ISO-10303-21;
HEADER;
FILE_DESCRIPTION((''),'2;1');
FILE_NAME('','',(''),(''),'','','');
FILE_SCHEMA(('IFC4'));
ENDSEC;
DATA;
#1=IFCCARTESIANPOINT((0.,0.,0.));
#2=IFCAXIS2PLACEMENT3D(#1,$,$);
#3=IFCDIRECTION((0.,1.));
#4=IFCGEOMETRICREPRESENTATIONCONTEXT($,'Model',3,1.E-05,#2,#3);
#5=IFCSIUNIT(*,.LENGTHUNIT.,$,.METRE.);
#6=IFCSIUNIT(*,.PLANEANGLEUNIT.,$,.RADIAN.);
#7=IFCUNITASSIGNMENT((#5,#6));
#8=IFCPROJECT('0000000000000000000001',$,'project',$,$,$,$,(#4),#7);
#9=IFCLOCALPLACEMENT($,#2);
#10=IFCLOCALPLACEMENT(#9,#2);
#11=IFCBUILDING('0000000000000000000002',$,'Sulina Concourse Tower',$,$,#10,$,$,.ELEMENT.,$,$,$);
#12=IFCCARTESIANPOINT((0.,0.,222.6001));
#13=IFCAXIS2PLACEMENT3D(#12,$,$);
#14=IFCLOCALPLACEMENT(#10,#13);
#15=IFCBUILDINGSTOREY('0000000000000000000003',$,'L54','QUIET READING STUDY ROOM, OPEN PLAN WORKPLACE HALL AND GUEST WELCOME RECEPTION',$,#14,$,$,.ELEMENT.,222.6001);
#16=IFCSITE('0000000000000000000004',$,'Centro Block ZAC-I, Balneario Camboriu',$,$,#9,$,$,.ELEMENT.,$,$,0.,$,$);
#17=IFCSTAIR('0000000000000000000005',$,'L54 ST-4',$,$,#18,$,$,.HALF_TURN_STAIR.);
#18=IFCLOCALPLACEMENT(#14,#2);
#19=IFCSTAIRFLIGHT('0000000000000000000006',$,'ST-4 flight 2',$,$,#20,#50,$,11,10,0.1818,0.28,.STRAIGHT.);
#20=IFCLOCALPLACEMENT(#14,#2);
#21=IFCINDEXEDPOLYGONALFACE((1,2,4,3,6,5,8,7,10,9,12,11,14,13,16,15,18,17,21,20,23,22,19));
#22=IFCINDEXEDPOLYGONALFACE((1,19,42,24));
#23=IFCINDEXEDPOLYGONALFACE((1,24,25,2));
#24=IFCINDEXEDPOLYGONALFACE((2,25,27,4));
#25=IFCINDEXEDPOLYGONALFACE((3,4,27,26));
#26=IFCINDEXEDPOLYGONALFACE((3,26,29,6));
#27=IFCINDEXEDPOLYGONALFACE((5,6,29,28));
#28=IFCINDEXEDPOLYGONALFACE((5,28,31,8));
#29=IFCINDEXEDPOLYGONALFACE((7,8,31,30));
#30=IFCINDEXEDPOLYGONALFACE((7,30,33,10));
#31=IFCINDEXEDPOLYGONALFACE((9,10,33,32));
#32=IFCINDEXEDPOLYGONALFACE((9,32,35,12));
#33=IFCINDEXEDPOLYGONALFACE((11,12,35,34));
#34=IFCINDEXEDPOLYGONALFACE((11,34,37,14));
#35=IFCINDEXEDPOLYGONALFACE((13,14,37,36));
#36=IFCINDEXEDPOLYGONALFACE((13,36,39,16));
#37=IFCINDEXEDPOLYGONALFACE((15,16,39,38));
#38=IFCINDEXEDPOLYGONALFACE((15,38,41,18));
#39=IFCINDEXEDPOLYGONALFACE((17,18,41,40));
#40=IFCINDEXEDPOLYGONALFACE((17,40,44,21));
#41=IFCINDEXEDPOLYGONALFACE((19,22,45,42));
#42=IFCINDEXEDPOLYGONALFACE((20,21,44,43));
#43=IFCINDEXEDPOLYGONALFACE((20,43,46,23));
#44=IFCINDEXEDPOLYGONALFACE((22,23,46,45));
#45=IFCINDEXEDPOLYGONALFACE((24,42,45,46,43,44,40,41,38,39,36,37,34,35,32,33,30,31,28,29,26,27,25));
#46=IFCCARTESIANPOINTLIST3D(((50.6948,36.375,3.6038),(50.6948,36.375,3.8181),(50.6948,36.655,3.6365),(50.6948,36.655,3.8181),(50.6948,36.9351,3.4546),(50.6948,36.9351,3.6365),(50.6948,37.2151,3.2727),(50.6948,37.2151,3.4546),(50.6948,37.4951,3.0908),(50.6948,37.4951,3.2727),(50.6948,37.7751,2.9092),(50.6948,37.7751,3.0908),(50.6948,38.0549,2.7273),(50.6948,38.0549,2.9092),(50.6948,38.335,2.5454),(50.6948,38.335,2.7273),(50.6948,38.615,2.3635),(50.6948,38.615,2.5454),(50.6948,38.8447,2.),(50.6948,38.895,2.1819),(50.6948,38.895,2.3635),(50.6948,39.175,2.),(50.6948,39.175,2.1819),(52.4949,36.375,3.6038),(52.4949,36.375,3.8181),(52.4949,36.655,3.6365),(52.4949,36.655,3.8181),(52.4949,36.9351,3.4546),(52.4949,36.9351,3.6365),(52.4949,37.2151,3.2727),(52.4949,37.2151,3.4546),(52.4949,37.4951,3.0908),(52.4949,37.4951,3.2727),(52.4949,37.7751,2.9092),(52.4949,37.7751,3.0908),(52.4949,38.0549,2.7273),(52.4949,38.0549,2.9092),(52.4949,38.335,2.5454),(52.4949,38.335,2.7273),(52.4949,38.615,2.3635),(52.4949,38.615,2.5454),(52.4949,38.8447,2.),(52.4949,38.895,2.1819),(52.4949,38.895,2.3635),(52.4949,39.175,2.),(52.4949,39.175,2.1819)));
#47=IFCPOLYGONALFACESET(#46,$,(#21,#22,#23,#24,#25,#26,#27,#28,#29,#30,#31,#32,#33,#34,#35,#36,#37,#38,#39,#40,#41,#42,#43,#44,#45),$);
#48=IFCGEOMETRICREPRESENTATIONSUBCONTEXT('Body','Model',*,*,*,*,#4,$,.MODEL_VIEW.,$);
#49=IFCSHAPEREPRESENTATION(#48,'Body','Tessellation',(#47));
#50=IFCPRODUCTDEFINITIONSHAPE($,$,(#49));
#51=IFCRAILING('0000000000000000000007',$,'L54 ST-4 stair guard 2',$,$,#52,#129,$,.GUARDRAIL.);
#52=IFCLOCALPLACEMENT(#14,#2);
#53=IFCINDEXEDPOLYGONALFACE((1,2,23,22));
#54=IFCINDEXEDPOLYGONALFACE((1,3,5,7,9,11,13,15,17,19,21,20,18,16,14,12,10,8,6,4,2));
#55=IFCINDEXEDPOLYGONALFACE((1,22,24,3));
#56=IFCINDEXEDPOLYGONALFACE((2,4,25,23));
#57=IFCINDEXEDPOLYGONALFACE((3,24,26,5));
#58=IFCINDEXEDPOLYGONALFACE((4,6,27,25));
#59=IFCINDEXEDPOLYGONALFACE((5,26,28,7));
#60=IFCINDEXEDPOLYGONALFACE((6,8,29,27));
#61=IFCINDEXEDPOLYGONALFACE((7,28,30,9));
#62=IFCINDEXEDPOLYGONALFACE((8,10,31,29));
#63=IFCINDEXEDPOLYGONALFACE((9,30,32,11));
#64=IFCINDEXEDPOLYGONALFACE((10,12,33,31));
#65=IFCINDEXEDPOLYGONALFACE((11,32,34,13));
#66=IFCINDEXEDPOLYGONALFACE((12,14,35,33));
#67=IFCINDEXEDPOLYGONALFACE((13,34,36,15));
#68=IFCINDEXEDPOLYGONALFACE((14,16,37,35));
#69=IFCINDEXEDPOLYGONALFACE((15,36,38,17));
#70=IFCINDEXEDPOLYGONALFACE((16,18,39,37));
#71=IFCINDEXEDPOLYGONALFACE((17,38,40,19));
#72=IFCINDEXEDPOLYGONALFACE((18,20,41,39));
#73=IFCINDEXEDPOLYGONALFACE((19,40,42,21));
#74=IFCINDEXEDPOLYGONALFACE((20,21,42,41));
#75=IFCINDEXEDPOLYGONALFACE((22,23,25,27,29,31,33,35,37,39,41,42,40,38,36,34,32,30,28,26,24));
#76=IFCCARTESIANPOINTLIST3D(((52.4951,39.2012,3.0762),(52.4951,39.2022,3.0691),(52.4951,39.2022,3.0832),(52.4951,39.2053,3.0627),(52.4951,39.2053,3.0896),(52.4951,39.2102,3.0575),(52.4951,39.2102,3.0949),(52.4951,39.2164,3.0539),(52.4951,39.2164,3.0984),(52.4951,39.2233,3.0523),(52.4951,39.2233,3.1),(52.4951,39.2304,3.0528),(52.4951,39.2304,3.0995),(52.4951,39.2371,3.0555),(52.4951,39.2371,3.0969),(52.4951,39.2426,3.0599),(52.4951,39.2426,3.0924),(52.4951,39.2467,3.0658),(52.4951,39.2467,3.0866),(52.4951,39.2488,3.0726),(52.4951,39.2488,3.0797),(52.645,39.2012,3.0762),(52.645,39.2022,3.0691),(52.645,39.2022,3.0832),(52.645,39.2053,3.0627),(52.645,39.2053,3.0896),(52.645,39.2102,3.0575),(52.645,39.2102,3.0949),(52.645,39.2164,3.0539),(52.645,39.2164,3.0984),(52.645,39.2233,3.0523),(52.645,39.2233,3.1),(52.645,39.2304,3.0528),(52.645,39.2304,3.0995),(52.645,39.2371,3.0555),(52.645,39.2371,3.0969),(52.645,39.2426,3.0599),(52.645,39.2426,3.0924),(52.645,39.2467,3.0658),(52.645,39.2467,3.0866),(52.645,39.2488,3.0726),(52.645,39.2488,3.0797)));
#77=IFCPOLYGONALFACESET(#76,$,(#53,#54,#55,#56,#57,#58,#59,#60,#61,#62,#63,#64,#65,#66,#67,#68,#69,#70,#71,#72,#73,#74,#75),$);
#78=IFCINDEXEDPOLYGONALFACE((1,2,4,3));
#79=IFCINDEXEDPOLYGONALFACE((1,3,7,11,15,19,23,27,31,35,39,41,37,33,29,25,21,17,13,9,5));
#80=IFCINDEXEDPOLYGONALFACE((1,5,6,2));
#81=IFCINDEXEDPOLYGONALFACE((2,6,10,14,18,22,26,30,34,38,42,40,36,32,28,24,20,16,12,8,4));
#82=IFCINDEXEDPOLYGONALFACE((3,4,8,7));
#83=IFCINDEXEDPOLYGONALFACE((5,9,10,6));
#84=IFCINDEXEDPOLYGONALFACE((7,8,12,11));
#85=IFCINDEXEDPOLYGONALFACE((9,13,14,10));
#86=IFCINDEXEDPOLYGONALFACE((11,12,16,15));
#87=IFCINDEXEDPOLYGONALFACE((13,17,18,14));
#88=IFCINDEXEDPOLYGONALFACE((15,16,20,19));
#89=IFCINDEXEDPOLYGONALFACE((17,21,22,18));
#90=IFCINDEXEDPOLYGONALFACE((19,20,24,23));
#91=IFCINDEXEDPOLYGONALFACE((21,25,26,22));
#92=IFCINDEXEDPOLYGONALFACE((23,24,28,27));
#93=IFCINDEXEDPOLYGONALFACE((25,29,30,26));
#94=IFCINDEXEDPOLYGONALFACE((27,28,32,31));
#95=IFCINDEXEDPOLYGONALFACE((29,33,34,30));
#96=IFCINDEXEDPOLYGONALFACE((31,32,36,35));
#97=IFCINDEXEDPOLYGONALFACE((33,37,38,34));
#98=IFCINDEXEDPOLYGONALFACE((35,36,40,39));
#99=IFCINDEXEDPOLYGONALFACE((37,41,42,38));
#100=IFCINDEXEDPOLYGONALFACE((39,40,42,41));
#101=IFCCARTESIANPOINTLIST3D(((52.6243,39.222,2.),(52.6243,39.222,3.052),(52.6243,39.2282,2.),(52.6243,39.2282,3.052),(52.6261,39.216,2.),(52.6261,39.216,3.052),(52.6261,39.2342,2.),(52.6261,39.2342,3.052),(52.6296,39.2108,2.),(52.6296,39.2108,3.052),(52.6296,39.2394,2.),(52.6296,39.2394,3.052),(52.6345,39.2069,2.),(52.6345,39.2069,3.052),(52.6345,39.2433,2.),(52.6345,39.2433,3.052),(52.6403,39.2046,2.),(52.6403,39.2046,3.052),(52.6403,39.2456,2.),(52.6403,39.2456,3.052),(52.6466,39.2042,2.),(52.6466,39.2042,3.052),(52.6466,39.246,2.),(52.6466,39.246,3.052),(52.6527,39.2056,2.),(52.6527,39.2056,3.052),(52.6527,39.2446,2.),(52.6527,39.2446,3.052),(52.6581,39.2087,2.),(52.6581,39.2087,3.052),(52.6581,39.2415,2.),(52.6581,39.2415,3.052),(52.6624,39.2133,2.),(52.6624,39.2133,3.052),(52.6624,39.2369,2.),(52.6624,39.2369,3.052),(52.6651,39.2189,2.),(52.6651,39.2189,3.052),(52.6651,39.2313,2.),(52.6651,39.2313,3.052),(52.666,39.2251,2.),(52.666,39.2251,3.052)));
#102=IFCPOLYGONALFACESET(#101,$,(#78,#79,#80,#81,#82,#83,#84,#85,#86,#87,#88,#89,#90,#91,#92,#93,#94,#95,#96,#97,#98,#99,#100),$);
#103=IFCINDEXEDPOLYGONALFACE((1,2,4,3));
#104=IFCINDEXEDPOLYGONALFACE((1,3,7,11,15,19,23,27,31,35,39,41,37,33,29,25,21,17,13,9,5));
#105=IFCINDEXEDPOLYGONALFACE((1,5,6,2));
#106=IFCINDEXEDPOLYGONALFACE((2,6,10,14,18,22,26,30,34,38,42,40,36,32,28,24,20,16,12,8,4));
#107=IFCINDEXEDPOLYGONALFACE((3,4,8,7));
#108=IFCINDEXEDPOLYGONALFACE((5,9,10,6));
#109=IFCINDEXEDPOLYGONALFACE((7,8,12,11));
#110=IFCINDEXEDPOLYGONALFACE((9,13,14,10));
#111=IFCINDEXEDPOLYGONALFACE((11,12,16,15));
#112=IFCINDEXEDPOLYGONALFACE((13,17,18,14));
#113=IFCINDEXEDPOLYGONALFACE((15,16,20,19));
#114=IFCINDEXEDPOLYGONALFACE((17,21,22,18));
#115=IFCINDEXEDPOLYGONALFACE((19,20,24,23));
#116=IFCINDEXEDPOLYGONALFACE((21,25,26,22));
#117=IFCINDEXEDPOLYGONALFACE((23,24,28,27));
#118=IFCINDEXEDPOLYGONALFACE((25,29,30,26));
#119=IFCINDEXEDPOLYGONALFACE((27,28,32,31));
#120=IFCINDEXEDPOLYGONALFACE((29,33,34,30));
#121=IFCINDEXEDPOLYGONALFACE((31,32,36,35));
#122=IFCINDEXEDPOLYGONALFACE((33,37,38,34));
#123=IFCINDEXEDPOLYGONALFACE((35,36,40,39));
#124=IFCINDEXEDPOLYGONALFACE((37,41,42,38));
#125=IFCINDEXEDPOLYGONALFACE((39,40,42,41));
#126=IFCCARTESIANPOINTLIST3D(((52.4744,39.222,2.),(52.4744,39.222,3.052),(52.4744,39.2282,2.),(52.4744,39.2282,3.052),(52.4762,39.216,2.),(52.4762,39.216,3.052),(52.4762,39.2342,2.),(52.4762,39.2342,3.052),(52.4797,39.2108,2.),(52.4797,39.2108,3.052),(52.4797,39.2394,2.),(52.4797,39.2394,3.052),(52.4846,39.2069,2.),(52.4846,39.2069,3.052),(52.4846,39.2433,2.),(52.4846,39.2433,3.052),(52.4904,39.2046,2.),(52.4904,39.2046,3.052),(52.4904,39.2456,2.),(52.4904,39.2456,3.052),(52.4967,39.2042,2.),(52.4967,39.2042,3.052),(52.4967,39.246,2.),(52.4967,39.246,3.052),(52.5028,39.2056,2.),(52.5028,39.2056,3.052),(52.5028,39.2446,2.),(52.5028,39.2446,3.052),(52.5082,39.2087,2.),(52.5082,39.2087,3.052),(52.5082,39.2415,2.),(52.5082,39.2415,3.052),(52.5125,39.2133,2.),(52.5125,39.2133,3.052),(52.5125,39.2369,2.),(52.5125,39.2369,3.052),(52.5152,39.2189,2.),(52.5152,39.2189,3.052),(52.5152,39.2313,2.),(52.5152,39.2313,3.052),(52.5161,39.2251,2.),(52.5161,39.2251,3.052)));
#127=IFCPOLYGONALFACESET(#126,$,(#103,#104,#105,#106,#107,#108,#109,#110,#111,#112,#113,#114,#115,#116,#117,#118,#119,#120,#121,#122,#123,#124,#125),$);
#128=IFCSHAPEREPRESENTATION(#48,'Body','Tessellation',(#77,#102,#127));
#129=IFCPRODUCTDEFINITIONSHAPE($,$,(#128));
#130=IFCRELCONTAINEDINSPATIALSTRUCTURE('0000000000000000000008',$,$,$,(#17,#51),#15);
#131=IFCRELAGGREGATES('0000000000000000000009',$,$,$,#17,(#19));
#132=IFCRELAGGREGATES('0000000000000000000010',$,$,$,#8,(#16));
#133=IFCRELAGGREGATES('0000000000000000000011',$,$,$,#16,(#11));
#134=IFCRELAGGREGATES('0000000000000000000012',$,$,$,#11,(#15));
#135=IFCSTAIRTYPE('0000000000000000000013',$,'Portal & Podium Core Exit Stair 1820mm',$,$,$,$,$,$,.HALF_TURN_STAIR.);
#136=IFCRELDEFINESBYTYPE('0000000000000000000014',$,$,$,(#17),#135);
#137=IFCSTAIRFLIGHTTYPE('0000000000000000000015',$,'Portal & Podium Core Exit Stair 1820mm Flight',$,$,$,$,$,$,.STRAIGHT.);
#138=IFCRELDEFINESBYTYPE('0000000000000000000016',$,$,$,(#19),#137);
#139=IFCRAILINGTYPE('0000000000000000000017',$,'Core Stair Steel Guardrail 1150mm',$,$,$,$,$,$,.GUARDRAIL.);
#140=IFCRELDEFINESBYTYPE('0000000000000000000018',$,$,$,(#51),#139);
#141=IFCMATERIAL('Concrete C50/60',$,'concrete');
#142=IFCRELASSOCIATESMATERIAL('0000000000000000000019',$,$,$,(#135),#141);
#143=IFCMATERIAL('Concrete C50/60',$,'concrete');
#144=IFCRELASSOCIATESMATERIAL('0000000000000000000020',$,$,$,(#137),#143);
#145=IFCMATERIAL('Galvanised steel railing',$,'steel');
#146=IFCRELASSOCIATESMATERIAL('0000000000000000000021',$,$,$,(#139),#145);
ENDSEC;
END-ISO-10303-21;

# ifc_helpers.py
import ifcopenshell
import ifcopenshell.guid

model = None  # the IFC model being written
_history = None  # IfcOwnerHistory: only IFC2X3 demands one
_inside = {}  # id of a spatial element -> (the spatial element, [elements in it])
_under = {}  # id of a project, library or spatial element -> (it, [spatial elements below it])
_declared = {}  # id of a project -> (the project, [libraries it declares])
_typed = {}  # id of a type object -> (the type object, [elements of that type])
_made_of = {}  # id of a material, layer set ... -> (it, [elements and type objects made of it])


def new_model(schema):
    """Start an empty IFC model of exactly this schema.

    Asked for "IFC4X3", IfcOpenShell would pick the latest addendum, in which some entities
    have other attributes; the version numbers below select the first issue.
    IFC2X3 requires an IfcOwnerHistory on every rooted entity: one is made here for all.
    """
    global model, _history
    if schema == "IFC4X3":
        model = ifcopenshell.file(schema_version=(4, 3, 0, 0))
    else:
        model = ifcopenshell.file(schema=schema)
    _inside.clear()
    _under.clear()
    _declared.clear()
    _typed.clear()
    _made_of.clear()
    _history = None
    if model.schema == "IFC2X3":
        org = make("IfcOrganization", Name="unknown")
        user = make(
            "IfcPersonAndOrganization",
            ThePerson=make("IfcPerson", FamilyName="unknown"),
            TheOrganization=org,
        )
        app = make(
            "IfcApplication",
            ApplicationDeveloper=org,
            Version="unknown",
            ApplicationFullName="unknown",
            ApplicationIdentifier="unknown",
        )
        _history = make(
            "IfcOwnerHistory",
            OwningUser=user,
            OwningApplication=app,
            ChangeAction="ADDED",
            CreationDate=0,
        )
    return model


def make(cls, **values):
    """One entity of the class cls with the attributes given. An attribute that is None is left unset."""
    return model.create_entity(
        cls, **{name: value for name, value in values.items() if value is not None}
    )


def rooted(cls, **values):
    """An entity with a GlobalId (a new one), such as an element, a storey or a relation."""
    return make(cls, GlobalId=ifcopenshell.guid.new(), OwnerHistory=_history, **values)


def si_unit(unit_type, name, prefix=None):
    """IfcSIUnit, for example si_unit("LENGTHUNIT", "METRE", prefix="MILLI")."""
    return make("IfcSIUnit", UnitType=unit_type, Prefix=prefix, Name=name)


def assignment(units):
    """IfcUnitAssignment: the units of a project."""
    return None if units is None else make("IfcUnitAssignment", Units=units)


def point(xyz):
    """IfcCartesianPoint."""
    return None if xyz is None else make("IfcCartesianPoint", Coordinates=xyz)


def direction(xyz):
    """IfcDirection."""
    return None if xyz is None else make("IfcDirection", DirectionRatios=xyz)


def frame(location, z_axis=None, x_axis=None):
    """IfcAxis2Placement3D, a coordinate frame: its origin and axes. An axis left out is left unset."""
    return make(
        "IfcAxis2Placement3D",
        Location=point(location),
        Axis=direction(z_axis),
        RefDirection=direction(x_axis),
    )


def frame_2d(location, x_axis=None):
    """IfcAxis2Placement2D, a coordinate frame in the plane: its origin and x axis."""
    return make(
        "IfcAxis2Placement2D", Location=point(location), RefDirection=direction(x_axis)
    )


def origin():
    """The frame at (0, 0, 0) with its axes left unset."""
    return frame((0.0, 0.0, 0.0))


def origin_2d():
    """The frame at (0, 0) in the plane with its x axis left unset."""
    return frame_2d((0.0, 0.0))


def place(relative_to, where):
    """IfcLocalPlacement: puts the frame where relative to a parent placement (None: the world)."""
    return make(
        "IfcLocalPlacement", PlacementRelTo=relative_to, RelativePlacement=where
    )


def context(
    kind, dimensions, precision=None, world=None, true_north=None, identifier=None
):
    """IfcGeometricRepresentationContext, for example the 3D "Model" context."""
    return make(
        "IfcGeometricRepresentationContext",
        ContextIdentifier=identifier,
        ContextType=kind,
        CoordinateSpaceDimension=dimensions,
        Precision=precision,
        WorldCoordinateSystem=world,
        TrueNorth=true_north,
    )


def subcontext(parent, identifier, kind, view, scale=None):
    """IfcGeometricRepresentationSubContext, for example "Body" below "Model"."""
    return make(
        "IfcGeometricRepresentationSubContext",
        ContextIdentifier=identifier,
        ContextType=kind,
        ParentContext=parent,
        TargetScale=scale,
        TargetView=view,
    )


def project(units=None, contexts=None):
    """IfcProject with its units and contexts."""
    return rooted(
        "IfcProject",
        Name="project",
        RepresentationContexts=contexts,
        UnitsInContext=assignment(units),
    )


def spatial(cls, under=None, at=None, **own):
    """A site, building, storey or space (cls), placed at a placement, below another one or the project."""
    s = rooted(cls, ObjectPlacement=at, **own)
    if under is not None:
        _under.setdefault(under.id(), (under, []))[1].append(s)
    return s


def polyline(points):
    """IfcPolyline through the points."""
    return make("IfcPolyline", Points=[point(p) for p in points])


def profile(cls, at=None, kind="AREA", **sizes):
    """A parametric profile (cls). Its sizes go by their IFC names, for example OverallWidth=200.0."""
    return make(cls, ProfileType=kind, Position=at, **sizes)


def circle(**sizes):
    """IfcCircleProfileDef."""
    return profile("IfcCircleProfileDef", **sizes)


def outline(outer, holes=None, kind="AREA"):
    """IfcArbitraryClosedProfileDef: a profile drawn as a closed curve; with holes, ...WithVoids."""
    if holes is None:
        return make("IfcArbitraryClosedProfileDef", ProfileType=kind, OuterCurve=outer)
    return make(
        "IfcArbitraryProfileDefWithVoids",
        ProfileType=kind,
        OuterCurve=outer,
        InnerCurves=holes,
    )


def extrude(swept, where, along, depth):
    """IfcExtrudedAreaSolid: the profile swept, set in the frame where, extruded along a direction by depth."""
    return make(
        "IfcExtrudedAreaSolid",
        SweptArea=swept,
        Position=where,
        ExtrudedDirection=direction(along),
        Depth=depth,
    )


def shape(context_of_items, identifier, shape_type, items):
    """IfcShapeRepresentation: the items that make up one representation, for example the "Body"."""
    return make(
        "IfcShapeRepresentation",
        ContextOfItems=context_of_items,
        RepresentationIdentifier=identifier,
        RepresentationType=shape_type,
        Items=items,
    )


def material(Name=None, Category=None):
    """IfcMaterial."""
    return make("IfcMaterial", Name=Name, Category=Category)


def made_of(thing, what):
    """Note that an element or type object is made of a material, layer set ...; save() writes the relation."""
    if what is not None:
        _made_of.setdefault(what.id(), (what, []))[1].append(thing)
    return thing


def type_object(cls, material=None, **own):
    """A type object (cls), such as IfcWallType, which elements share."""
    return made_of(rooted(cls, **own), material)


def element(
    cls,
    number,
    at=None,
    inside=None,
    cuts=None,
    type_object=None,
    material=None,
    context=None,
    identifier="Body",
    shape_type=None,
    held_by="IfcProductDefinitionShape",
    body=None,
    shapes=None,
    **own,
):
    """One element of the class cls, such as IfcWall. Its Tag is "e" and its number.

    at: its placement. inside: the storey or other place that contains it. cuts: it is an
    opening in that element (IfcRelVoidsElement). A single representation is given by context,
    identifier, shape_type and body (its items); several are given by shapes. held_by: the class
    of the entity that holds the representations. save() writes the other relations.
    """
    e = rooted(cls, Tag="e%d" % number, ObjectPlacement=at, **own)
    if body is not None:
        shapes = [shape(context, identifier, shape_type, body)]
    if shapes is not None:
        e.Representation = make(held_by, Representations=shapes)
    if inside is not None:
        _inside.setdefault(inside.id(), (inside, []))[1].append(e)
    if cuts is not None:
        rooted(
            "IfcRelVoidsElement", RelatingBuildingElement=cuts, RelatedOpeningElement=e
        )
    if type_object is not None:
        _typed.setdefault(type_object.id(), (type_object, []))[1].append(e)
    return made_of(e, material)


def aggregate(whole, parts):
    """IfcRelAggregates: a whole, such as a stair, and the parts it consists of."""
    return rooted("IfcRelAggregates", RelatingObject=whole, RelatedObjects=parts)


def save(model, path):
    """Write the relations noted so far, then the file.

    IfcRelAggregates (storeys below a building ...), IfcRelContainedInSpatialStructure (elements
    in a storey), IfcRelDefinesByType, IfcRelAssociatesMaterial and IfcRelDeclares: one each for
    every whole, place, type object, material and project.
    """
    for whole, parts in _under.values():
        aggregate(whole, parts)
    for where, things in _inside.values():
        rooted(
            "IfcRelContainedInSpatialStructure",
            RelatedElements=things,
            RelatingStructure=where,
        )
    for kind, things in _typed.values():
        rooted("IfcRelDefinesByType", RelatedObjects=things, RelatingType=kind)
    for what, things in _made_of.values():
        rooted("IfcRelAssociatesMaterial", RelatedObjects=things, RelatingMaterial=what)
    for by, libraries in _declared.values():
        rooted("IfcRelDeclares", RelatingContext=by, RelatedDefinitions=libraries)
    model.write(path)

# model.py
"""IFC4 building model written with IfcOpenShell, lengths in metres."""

from ifc_helpers import new_model, si_unit, direction, frame, origin, origin_2d, place, context, subcontext, project, spatial, polyline, circle, outline, extrude, material, type_object, element, aggregate, save


model = new_model("IFC4")

# Units and contexts
model_context = context("Model", 3, precision=1e-05, world=origin(), true_north=direction((0.0, 1.0)))
body_context = subcontext(model_context, "Body", "Model", "MODEL_VIEW")
ifc_project = project(units=[si_unit("LENGTHUNIT", "METRE"), si_unit("PLANEANGLEUNIT", "RADIAN")], contexts=[model_context])

# Site, building, storey
site_placement = place(None, origin())
site = spatial("IfcSite", under=ifc_project, at=site_placement, Name="Centro Block ZAC-I, Balneario Camboriu", CompositionType="ELEMENT", RefElevation=0.0)
building_placement = place(site_placement, origin())
building = spatial("IfcBuilding", under=site, at=building_placement, Name="Sulina Concourse Tower", CompositionType="ELEMENT")
storey_placement = place(building_placement, frame((0.0, 0.0, 222.6001)))
storey = spatial("IfcBuildingStorey", under=building, at=storey_placement, Name="L54", Description="QUIET READING STUDY ROOM, OPEN PLAN WORKPLACE HALL AND GUEST WELCOME RECEPTION", CompositionType="ELEMENT", Elevation=222.6001)

# Stair, stair flight
ifc_material_1 = material(Name="Concrete C50/60", Category="concrete")
stair_type = type_object("IfcStairType", Name="Portal & Podium Core Exit Stair 1820mm", PredefinedType="HALF_TURN_STAIR", material=ifc_material_1)
stair_placement = place(storey_placement, origin())
stair = element("IfcStair", 1, at=stair_placement, inside=storey, type_object=stair_type, Name="L54 ST-4", PredefinedType="HALF_TURN_STAIR")
ifc_material_2 = material(Name="Concrete C50/60", Category="concrete")
stair_flight_type = type_object("IfcStairFlightType", Name="Portal & Podium Core Exit Stair 1820mm Flight", PredefinedType="STRAIGHT", material=ifc_material_2)
stair_flight_placement = place(storey_placement, frame((51.595, 39.175, 2.0), z_axis=(0.0, 0.0, 1.0), x_axis=(0.0, -1.0, 0.0)))
stair_flight = element("IfcStairFlight", 2, at=stair_flight_placement, type_object=stair_flight_type, Name="ST-4 flight 2", NumberOfRisers=11, NumberOfTreads=10, PredefinedType="STRAIGHT", RiserHeight=0.1818, TreadLength=0.28, context=body_context, shape_type="SweptSolid", body=[
    extrude(outline(polyline([(0.0, 0.0), (0.0, 0.1819), (0.28, 0.1819), (0.28, 0.3635), (0.5601, 0.3635), (0.5601, 0.5454), (0.8401, 0.5454), (0.8401, 0.7273), (1.1201, 0.7273), (1.1201, 0.9092), (1.3999, 0.9092), (1.3999, 1.0908), (1.6799, 1.0908), (1.6799, 1.2727), (1.96, 1.2727), (1.96, 1.4546), (2.24, 1.4546), (2.24, 1.6365), (2.52, 1.6365), (2.52, 1.8181), (2.8, 1.8181), (2.8, 2.0), (2.8, 1.6038), (0.3303, 0.0), (0.0, 0.0)])), frame((0.0, 0.8999, 0.0), z_axis=(0.0, -1.0, 0.0), x_axis=(1.0, 0.0, 0.0)), (0.0, 0.0, 1.0), 1.8),
])
aggregate(stair, [stair_flight])

# Railing
ifc_material_3 = material(Name="Galvanised steel railing", Category="steel")
railing_type_1 = type_object("IfcRailingType", Name="Core Stair Steel Guardrail 1150mm", PredefinedType="GUARDRAIL", material=ifc_material_3)
railing_1_placement = place(storey_placement, frame((52.645, 39.2251, 2.0)))
element("IfcRailing", 3, at=railing_1_placement, inside=storey, type_object=railing_type_1, Name="L54 ST-4 stair guard 2", PredefinedType="GUARDRAIL", context=body_context, shape_type="SweptSolid", body=[
    extrude(circle(Radius=0.0239, at=origin_2d()), frame((0.0, 0.0, 1.0762), z_axis=(-1.0, 0.0, 0.0), x_axis=(0.0, -1.0, 0.0)), (0.0, 0.0, 1.0), 0.1499),
    extrude(circle(Radius=0.021, at=origin_2d()), origin(), (0.0, 0.0, 1.0), 1.052),
    extrude(circle(Radius=0.021, at=origin_2d()), frame((-0.1499, 0.0, 0.0)), (0.0, 0.0, 1.0), 1.052),
])

save(model, "model.ifc")
